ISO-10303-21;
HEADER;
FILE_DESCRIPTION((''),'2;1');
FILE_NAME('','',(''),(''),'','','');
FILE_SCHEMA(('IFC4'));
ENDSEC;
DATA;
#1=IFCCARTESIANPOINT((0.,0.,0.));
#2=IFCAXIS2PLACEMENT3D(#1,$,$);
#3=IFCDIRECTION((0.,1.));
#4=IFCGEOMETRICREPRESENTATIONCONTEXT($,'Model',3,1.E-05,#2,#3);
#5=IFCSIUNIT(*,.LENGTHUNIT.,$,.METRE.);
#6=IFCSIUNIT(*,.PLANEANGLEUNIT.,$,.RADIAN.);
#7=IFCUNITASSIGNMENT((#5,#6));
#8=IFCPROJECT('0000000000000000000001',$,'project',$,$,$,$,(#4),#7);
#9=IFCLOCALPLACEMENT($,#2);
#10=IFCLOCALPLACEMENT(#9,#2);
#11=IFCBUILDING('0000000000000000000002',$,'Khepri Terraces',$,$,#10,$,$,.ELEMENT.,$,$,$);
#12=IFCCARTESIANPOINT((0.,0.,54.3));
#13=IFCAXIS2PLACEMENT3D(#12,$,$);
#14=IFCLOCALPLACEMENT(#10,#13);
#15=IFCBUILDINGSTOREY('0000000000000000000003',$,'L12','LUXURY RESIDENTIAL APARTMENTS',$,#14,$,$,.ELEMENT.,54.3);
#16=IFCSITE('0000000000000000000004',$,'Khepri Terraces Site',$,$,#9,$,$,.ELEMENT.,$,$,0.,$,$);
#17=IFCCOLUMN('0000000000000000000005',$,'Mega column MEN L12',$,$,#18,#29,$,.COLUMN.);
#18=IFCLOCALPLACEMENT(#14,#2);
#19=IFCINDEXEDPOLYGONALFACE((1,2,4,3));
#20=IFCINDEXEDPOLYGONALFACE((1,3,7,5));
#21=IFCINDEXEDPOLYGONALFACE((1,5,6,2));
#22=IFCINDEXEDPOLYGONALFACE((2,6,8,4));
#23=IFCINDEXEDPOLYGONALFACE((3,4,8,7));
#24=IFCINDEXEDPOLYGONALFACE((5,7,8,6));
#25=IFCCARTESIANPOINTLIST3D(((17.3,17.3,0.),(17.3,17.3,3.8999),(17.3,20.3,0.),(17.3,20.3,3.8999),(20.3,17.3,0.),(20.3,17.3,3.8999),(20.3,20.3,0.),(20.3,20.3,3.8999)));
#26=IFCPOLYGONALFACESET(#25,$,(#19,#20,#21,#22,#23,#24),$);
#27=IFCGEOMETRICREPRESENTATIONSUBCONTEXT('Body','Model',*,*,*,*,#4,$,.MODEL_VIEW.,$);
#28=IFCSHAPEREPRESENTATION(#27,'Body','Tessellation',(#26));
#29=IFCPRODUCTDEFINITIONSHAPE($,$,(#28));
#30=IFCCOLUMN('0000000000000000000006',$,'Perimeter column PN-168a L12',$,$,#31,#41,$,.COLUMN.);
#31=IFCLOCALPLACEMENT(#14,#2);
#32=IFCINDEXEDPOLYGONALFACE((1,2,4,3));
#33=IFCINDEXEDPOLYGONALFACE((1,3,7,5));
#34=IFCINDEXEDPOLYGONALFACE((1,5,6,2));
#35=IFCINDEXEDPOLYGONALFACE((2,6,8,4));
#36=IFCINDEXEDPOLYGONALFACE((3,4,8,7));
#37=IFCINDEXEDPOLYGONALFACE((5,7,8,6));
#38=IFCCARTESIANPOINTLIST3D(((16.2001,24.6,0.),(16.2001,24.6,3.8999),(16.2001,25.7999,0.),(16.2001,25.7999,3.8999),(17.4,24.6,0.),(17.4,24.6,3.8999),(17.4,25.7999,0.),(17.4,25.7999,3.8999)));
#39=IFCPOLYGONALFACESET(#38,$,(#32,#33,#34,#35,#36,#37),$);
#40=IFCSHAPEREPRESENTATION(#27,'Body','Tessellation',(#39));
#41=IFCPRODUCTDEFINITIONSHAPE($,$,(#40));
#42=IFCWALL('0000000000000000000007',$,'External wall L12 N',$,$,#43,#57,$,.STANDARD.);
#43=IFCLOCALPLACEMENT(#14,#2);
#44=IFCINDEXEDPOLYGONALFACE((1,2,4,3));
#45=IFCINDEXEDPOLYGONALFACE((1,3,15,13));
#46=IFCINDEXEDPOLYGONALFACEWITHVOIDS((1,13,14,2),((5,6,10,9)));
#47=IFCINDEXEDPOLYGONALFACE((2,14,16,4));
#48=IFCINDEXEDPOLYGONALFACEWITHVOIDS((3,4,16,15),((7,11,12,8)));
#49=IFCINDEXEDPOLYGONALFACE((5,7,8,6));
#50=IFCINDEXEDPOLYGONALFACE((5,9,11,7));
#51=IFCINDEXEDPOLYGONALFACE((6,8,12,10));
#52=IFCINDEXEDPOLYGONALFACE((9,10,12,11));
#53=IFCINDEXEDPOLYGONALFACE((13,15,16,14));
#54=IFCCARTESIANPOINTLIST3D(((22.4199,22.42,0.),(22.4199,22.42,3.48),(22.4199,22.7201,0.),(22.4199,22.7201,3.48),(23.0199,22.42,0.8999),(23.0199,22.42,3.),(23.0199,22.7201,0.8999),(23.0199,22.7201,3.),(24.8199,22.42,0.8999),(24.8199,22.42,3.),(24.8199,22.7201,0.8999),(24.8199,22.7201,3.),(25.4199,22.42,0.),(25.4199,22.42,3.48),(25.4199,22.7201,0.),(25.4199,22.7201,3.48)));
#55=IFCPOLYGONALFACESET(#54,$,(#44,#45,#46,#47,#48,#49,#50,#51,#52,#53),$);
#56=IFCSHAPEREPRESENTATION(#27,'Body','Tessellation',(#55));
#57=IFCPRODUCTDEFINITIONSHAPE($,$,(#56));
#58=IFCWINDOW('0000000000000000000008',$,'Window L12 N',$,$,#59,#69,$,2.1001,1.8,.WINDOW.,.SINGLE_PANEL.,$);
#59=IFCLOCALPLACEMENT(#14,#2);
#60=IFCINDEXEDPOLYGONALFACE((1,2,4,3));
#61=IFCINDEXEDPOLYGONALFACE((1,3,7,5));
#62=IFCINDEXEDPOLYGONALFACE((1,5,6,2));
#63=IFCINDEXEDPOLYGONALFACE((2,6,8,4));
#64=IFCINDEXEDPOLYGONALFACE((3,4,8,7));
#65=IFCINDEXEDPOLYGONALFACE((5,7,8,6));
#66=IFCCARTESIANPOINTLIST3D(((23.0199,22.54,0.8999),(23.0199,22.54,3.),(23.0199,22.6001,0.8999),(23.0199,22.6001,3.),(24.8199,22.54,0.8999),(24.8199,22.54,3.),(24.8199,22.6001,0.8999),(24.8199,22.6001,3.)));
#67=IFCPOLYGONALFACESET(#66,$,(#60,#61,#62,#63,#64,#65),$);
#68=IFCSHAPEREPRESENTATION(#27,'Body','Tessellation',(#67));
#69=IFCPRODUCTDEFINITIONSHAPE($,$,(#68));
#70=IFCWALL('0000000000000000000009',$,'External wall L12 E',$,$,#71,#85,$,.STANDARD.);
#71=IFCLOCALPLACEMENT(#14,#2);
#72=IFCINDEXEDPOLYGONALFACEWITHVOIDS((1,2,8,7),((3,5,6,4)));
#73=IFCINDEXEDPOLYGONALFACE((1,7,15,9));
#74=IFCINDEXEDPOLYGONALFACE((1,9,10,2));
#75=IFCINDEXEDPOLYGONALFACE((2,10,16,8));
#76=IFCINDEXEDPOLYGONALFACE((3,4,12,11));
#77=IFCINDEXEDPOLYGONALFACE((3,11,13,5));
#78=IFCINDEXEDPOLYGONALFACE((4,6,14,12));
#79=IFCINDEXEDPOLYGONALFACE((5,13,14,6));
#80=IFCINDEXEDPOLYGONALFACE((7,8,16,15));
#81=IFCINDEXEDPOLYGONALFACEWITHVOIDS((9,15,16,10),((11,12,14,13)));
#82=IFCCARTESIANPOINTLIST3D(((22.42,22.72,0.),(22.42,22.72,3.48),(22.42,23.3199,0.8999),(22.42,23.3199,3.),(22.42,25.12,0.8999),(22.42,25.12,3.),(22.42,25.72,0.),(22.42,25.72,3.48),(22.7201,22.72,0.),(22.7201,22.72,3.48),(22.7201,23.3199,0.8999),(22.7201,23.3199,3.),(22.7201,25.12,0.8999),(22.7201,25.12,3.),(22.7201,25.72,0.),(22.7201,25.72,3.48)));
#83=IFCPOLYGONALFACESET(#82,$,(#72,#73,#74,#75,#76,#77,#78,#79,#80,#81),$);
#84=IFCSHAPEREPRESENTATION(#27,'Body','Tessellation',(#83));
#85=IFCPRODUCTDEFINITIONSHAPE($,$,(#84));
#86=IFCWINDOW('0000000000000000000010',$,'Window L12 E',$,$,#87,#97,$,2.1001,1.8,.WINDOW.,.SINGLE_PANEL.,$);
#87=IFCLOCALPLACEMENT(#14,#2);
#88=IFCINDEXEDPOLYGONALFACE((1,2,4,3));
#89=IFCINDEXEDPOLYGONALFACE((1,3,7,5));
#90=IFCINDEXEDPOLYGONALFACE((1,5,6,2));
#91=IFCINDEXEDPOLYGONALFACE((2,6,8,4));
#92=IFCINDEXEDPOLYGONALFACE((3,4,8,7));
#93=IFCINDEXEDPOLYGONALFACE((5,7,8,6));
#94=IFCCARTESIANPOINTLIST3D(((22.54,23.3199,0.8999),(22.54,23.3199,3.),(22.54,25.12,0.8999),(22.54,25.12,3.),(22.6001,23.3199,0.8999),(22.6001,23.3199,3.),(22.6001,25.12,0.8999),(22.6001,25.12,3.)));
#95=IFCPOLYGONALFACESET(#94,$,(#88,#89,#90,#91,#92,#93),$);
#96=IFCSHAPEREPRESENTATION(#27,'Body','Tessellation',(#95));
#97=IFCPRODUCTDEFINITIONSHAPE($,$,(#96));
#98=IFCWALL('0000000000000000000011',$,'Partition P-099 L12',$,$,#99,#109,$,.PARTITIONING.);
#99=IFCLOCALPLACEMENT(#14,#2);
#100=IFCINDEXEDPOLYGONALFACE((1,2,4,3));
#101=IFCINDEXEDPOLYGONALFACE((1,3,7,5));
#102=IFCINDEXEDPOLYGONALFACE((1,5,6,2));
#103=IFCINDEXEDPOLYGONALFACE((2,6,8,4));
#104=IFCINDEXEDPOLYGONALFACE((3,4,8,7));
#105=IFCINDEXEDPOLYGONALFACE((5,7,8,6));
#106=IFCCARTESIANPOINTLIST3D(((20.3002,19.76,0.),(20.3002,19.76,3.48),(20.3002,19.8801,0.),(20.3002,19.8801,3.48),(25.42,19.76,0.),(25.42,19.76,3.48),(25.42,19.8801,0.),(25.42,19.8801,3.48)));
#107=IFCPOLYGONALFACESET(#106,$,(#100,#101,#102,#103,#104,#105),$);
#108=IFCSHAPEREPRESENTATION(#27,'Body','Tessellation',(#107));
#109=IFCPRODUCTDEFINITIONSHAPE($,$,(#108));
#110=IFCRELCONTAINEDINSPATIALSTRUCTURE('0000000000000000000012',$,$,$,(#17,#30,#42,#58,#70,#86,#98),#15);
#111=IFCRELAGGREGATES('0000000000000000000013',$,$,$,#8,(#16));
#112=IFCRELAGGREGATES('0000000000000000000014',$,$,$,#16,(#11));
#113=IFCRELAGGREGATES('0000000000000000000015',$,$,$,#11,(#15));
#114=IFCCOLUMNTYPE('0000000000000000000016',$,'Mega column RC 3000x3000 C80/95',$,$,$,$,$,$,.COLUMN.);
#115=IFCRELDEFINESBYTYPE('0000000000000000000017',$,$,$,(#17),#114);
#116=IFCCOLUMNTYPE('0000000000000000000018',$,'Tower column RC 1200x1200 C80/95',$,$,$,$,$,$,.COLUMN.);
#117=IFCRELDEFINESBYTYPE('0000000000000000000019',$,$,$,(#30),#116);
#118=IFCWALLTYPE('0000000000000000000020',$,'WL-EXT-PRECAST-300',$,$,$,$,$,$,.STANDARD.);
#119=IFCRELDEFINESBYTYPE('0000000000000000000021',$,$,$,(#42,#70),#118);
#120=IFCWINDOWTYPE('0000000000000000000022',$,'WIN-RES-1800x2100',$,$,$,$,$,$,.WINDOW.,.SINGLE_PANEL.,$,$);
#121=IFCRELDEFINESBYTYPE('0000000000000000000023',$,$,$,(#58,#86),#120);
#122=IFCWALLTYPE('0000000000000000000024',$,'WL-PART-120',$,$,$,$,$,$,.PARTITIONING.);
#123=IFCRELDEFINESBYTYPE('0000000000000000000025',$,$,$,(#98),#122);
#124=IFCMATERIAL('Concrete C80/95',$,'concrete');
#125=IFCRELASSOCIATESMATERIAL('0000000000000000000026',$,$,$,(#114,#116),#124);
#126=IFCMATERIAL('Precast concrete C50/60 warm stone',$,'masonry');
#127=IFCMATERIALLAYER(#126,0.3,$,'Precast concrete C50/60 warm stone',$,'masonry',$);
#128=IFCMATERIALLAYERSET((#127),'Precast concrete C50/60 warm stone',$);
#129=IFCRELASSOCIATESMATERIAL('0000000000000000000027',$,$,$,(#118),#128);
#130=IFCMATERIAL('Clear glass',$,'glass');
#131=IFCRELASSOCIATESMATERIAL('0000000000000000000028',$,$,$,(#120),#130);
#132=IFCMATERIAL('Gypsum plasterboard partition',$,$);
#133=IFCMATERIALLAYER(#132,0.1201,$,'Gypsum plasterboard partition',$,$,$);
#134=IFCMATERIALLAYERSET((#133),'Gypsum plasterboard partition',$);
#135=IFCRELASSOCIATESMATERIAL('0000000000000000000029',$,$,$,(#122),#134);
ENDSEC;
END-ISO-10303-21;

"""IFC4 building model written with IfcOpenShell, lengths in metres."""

from ifc_helpers import new_model, si_unit, direction, frame, frame_2d, origin, origin_2d, place, context, subcontext, project, spatial, rectangle, extrude, material, layer, layer_set, material_profile, profile_set, type_object, element, fill, save


model = new_model("IFC4")

# Units and contexts
model_context = context("Model", 3, precision=1e-05, world=origin(), true_north=direction((0.0, 1.0)))
body_context = subcontext(model_context, "Body", "Model", "MODEL_VIEW")
ifc_project = project(units=[si_unit("LENGTHUNIT", "METRE"), si_unit("PLANEANGLEUNIT", "RADIAN")], contexts=[model_context])

# Site, building, storey
site_placement = place(None, origin())
site = spatial("IfcSite", under=ifc_project, at=site_placement, Name="Khepri Terraces Site", CompositionType="ELEMENT", RefElevation=0.0)
building_placement = place(site_placement, origin())
building = spatial("IfcBuilding", under=site, at=building_placement, Name="Khepri Terraces", CompositionType="ELEMENT")
storey_placement = place(building_placement, frame((0.0, 0.0, 54.3)))
storey = spatial("IfcBuildingStorey", under=building, at=storey_placement, Name="L12", Description="LUXURY RESIDENTIAL APARTMENTS", CompositionType="ELEMENT", Elevation=54.3)

# Columns
ifc_material_1 = material(Name="Concrete C80/95", Category="concrete")
ifc_material_profile_1 = material_profile(ifc_material_1, rectangle(XDim=3.0, YDim=3.0, at=origin_2d()), Name="Concrete C80/95", Category="concrete")
ifc_profile_set_1 = profile_set([ifc_material_profile_1], Name="Concrete C80/95")
column_type_1 = type_object("IfcColumnType", Name="Mega column RC 3000x3000 C80/95", PredefinedType="COLUMN", material=ifc_profile_set_1)
column_1_placement = place(storey_placement, frame((18.8, 18.8, 0.0), z_axis=(0.0, 0.0, 1.0), x_axis=(1.0, 0.0, 0.0)))
element("IfcColumn", 1, at=column_1_placement, inside=storey, type_object=column_type_1, Name="Mega column MEN L12", PredefinedType="COLUMN", context=body_context, shape_type="SweptSolid", body=[
    extrude(rectangle(XDim=3.0, YDim=3.0, at=origin_2d()), origin(), (0.0, 0.0, 1.0), 3.8999),
])
ifc_material_profile_2 = material_profile(ifc_material_1, rectangle(XDim=1.2, YDim=1.2, at=origin_2d()), Name="Concrete C80/95", Category="concrete")
ifc_profile_set_2 = profile_set([ifc_material_profile_2], Name="Concrete C80/95")
column_type_2 = type_object("IfcColumnType", Name="Tower column RC 1200x1200 C80/95", PredefinedType="COLUMN", material=ifc_profile_set_2)
column_2_placement = place(storey_placement, frame((16.8, 25.2, 0.0), z_axis=(0.0, 0.0, 1.0), x_axis=(1.0, 0.0, 0.0)))
element("IfcColumn", 2, at=column_2_placement, inside=storey, type_object=column_type_2, Name="Perimeter column PN-168a L12", PredefinedType="COLUMN", context=body_context, shape_type="SweptSolid", body=[
    extrude(rectangle(XDim=1.2, YDim=1.2, at=origin_2d()), origin(), (0.0, 0.0, 1.0), 3.8999),
])

# Walls, openings, windows
ifc_material_2 = material(Name="Precast concrete C50/60 warm stone", Category="masonry")
ifc_layer_1 = layer(ifc_material_2, 0.3, Name="Precast concrete C50/60 warm stone", Category="masonry")
ifc_layer_set_1 = layer_set([ifc_layer_1], Name="Precast concrete C50/60 warm stone")
wall_type_1 = type_object("IfcWallType", Name="WL-EXT-PRECAST-300", PredefinedType="STANDARD", material=ifc_layer_set_1)
wall_1_placement = place(storey_placement, frame((25.4199, 22.5701, 0.0), z_axis=(0.0, 0.0, 1.0), x_axis=(-1.0, 0.0, 0.0)))
wall_1 = element("IfcWall", 3, at=wall_1_placement, inside=storey, type_object=wall_type_1, Name="External wall L12 N", PredefinedType="STANDARD", context=body_context, shape_type="SweptSolid", body=[
    extrude(rectangle(XDim=3.0, YDim=0.3, at=frame_2d((1.5, 0.0))), origin(), (0.0, 0.0, 1.0), 3.48),
])
opening_1_placement = place(wall_1_placement, frame((0.6001, 0.0, 0.8999)))
opening_1 = element("IfcOpeningElement", 4, at=opening_1_placement, cuts=wall_1, PredefinedType="OPENING", context=body_context, shape_type="SweptSolid", body=[
    extrude(rectangle(XDim=1.8, YDim=2.1001, at=frame_2d((0.8999, 1.05))), frame((0.0, 0.1602, 0.0), z_axis=(0.0, -1.0, 0.0), x_axis=(1.0, 0.0, 0.0)), (0.0, 0.0, 1.0), 0.3201),
])
ifc_material_3 = material(Name="Clear glass", Category="glass")
window_type = type_object("IfcWindowType", Name="WIN-RES-1800x2100", PartitioningType="SINGLE_PANEL", PredefinedType="WINDOW", material=ifc_material_3)
window_1_placement = place(opening_1_placement, origin())
window_1 = element("IfcWindow", 5, at=window_1_placement, inside=storey, type_object=window_type, Name="Window L12 N", OverallHeight=2.1001, OverallWidth=1.8, PartitioningType="SINGLE_PANEL", PredefinedType="WINDOW", context=body_context, shape_type="SweptSolid", body=[
    extrude(rectangle(XDim=1.8, YDim=2.1001, at=frame_2d((0.8999, 1.05))), frame((0.0, 0.03, 0.0), z_axis=(0.0, -1.0, 0.0), x_axis=(1.0, 0.0, 0.0)), (0.0, 0.0, 1.0), 0.0601),
])
fill(opening_1, window_1)
wall_2_placement = place(storey_placement, frame((22.5701, 22.72, 0.0), z_axis=(0.0, 0.0, 1.0), x_axis=(0.0, 1.0, 0.0)))
wall_2 = element("IfcWall", 6, at=wall_2_placement, inside=storey, type_object=wall_type_1, Name="External wall L12 E", PredefinedType="STANDARD", context=body_context, shape_type="SweptSolid", body=[
    extrude(rectangle(XDim=3.0, YDim=0.3, at=frame_2d((1.5, 0.0))), origin(), (0.0, 0.0, 1.0), 3.48),
])
opening_2_placement = place(wall_2_placement, frame((0.6001, 0.0, 0.8999)))
opening_2 = element("IfcOpeningElement", 7, at=opening_2_placement, cuts=wall_2, PredefinedType="OPENING", context=body_context, shape_type="SweptSolid", body=[
    extrude(rectangle(XDim=1.8, YDim=2.1001, at=frame_2d((0.8999, 1.05))), frame((0.0, 0.1602, 0.0), z_axis=(0.0, -1.0, 0.0), x_axis=(1.0, 0.0, 0.0)), (0.0, 0.0, 1.0), 0.3201),
])
window_2_placement = place(opening_2_placement, origin())
window_2 = element("IfcWindow", 8, at=window_2_placement, inside=storey, type_object=window_type, Name="Window L12 E", OverallHeight=2.1001, OverallWidth=1.8, PartitioningType="SINGLE_PANEL", PredefinedType="WINDOW", context=body_context, shape_type="SweptSolid", body=[
    extrude(rectangle(XDim=1.8, YDim=2.1001, at=frame_2d((0.8999, 1.05))), frame((0.0, 0.03, 0.0), z_axis=(0.0, -1.0, 0.0), x_axis=(1.0, 0.0, 0.0)), (0.0, 0.0, 1.0), 0.0601),
])
fill(opening_2, window_2)

# Wall
ifc_material_4 = material(Name="Gypsum plasterboard partition")
ifc_layer_2 = layer(ifc_material_4, 0.1201, Name="Gypsum plasterboard partition")
ifc_layer_set_2 = layer_set([ifc_layer_2], Name="Gypsum plasterboard partition")
wall_type_2 = type_object("IfcWallType", Name="WL-PART-120", PredefinedType="PARTITIONING", material=ifc_layer_set_2)
wall_3_placement = place(storey_placement, frame((20.3, 19.8201, 0.0), z_axis=(0.0, 0.0, 1.0), x_axis=(1.0, 0.0, 0.0)))
element("IfcWall", 9, at=wall_3_placement, inside=storey, type_object=wall_type_2, Name="Partition P-099 L12", PredefinedType="PARTITIONING", context=body_context, shape_type="SweptSolid", body=[
    extrude(rectangle(XDim=5.1199, YDim=0.1201, at=frame_2d((2.5601, 0.0))), origin(), (0.0, 0.0, 1.0), 3.48),
])

save(model, "model.ifc")
